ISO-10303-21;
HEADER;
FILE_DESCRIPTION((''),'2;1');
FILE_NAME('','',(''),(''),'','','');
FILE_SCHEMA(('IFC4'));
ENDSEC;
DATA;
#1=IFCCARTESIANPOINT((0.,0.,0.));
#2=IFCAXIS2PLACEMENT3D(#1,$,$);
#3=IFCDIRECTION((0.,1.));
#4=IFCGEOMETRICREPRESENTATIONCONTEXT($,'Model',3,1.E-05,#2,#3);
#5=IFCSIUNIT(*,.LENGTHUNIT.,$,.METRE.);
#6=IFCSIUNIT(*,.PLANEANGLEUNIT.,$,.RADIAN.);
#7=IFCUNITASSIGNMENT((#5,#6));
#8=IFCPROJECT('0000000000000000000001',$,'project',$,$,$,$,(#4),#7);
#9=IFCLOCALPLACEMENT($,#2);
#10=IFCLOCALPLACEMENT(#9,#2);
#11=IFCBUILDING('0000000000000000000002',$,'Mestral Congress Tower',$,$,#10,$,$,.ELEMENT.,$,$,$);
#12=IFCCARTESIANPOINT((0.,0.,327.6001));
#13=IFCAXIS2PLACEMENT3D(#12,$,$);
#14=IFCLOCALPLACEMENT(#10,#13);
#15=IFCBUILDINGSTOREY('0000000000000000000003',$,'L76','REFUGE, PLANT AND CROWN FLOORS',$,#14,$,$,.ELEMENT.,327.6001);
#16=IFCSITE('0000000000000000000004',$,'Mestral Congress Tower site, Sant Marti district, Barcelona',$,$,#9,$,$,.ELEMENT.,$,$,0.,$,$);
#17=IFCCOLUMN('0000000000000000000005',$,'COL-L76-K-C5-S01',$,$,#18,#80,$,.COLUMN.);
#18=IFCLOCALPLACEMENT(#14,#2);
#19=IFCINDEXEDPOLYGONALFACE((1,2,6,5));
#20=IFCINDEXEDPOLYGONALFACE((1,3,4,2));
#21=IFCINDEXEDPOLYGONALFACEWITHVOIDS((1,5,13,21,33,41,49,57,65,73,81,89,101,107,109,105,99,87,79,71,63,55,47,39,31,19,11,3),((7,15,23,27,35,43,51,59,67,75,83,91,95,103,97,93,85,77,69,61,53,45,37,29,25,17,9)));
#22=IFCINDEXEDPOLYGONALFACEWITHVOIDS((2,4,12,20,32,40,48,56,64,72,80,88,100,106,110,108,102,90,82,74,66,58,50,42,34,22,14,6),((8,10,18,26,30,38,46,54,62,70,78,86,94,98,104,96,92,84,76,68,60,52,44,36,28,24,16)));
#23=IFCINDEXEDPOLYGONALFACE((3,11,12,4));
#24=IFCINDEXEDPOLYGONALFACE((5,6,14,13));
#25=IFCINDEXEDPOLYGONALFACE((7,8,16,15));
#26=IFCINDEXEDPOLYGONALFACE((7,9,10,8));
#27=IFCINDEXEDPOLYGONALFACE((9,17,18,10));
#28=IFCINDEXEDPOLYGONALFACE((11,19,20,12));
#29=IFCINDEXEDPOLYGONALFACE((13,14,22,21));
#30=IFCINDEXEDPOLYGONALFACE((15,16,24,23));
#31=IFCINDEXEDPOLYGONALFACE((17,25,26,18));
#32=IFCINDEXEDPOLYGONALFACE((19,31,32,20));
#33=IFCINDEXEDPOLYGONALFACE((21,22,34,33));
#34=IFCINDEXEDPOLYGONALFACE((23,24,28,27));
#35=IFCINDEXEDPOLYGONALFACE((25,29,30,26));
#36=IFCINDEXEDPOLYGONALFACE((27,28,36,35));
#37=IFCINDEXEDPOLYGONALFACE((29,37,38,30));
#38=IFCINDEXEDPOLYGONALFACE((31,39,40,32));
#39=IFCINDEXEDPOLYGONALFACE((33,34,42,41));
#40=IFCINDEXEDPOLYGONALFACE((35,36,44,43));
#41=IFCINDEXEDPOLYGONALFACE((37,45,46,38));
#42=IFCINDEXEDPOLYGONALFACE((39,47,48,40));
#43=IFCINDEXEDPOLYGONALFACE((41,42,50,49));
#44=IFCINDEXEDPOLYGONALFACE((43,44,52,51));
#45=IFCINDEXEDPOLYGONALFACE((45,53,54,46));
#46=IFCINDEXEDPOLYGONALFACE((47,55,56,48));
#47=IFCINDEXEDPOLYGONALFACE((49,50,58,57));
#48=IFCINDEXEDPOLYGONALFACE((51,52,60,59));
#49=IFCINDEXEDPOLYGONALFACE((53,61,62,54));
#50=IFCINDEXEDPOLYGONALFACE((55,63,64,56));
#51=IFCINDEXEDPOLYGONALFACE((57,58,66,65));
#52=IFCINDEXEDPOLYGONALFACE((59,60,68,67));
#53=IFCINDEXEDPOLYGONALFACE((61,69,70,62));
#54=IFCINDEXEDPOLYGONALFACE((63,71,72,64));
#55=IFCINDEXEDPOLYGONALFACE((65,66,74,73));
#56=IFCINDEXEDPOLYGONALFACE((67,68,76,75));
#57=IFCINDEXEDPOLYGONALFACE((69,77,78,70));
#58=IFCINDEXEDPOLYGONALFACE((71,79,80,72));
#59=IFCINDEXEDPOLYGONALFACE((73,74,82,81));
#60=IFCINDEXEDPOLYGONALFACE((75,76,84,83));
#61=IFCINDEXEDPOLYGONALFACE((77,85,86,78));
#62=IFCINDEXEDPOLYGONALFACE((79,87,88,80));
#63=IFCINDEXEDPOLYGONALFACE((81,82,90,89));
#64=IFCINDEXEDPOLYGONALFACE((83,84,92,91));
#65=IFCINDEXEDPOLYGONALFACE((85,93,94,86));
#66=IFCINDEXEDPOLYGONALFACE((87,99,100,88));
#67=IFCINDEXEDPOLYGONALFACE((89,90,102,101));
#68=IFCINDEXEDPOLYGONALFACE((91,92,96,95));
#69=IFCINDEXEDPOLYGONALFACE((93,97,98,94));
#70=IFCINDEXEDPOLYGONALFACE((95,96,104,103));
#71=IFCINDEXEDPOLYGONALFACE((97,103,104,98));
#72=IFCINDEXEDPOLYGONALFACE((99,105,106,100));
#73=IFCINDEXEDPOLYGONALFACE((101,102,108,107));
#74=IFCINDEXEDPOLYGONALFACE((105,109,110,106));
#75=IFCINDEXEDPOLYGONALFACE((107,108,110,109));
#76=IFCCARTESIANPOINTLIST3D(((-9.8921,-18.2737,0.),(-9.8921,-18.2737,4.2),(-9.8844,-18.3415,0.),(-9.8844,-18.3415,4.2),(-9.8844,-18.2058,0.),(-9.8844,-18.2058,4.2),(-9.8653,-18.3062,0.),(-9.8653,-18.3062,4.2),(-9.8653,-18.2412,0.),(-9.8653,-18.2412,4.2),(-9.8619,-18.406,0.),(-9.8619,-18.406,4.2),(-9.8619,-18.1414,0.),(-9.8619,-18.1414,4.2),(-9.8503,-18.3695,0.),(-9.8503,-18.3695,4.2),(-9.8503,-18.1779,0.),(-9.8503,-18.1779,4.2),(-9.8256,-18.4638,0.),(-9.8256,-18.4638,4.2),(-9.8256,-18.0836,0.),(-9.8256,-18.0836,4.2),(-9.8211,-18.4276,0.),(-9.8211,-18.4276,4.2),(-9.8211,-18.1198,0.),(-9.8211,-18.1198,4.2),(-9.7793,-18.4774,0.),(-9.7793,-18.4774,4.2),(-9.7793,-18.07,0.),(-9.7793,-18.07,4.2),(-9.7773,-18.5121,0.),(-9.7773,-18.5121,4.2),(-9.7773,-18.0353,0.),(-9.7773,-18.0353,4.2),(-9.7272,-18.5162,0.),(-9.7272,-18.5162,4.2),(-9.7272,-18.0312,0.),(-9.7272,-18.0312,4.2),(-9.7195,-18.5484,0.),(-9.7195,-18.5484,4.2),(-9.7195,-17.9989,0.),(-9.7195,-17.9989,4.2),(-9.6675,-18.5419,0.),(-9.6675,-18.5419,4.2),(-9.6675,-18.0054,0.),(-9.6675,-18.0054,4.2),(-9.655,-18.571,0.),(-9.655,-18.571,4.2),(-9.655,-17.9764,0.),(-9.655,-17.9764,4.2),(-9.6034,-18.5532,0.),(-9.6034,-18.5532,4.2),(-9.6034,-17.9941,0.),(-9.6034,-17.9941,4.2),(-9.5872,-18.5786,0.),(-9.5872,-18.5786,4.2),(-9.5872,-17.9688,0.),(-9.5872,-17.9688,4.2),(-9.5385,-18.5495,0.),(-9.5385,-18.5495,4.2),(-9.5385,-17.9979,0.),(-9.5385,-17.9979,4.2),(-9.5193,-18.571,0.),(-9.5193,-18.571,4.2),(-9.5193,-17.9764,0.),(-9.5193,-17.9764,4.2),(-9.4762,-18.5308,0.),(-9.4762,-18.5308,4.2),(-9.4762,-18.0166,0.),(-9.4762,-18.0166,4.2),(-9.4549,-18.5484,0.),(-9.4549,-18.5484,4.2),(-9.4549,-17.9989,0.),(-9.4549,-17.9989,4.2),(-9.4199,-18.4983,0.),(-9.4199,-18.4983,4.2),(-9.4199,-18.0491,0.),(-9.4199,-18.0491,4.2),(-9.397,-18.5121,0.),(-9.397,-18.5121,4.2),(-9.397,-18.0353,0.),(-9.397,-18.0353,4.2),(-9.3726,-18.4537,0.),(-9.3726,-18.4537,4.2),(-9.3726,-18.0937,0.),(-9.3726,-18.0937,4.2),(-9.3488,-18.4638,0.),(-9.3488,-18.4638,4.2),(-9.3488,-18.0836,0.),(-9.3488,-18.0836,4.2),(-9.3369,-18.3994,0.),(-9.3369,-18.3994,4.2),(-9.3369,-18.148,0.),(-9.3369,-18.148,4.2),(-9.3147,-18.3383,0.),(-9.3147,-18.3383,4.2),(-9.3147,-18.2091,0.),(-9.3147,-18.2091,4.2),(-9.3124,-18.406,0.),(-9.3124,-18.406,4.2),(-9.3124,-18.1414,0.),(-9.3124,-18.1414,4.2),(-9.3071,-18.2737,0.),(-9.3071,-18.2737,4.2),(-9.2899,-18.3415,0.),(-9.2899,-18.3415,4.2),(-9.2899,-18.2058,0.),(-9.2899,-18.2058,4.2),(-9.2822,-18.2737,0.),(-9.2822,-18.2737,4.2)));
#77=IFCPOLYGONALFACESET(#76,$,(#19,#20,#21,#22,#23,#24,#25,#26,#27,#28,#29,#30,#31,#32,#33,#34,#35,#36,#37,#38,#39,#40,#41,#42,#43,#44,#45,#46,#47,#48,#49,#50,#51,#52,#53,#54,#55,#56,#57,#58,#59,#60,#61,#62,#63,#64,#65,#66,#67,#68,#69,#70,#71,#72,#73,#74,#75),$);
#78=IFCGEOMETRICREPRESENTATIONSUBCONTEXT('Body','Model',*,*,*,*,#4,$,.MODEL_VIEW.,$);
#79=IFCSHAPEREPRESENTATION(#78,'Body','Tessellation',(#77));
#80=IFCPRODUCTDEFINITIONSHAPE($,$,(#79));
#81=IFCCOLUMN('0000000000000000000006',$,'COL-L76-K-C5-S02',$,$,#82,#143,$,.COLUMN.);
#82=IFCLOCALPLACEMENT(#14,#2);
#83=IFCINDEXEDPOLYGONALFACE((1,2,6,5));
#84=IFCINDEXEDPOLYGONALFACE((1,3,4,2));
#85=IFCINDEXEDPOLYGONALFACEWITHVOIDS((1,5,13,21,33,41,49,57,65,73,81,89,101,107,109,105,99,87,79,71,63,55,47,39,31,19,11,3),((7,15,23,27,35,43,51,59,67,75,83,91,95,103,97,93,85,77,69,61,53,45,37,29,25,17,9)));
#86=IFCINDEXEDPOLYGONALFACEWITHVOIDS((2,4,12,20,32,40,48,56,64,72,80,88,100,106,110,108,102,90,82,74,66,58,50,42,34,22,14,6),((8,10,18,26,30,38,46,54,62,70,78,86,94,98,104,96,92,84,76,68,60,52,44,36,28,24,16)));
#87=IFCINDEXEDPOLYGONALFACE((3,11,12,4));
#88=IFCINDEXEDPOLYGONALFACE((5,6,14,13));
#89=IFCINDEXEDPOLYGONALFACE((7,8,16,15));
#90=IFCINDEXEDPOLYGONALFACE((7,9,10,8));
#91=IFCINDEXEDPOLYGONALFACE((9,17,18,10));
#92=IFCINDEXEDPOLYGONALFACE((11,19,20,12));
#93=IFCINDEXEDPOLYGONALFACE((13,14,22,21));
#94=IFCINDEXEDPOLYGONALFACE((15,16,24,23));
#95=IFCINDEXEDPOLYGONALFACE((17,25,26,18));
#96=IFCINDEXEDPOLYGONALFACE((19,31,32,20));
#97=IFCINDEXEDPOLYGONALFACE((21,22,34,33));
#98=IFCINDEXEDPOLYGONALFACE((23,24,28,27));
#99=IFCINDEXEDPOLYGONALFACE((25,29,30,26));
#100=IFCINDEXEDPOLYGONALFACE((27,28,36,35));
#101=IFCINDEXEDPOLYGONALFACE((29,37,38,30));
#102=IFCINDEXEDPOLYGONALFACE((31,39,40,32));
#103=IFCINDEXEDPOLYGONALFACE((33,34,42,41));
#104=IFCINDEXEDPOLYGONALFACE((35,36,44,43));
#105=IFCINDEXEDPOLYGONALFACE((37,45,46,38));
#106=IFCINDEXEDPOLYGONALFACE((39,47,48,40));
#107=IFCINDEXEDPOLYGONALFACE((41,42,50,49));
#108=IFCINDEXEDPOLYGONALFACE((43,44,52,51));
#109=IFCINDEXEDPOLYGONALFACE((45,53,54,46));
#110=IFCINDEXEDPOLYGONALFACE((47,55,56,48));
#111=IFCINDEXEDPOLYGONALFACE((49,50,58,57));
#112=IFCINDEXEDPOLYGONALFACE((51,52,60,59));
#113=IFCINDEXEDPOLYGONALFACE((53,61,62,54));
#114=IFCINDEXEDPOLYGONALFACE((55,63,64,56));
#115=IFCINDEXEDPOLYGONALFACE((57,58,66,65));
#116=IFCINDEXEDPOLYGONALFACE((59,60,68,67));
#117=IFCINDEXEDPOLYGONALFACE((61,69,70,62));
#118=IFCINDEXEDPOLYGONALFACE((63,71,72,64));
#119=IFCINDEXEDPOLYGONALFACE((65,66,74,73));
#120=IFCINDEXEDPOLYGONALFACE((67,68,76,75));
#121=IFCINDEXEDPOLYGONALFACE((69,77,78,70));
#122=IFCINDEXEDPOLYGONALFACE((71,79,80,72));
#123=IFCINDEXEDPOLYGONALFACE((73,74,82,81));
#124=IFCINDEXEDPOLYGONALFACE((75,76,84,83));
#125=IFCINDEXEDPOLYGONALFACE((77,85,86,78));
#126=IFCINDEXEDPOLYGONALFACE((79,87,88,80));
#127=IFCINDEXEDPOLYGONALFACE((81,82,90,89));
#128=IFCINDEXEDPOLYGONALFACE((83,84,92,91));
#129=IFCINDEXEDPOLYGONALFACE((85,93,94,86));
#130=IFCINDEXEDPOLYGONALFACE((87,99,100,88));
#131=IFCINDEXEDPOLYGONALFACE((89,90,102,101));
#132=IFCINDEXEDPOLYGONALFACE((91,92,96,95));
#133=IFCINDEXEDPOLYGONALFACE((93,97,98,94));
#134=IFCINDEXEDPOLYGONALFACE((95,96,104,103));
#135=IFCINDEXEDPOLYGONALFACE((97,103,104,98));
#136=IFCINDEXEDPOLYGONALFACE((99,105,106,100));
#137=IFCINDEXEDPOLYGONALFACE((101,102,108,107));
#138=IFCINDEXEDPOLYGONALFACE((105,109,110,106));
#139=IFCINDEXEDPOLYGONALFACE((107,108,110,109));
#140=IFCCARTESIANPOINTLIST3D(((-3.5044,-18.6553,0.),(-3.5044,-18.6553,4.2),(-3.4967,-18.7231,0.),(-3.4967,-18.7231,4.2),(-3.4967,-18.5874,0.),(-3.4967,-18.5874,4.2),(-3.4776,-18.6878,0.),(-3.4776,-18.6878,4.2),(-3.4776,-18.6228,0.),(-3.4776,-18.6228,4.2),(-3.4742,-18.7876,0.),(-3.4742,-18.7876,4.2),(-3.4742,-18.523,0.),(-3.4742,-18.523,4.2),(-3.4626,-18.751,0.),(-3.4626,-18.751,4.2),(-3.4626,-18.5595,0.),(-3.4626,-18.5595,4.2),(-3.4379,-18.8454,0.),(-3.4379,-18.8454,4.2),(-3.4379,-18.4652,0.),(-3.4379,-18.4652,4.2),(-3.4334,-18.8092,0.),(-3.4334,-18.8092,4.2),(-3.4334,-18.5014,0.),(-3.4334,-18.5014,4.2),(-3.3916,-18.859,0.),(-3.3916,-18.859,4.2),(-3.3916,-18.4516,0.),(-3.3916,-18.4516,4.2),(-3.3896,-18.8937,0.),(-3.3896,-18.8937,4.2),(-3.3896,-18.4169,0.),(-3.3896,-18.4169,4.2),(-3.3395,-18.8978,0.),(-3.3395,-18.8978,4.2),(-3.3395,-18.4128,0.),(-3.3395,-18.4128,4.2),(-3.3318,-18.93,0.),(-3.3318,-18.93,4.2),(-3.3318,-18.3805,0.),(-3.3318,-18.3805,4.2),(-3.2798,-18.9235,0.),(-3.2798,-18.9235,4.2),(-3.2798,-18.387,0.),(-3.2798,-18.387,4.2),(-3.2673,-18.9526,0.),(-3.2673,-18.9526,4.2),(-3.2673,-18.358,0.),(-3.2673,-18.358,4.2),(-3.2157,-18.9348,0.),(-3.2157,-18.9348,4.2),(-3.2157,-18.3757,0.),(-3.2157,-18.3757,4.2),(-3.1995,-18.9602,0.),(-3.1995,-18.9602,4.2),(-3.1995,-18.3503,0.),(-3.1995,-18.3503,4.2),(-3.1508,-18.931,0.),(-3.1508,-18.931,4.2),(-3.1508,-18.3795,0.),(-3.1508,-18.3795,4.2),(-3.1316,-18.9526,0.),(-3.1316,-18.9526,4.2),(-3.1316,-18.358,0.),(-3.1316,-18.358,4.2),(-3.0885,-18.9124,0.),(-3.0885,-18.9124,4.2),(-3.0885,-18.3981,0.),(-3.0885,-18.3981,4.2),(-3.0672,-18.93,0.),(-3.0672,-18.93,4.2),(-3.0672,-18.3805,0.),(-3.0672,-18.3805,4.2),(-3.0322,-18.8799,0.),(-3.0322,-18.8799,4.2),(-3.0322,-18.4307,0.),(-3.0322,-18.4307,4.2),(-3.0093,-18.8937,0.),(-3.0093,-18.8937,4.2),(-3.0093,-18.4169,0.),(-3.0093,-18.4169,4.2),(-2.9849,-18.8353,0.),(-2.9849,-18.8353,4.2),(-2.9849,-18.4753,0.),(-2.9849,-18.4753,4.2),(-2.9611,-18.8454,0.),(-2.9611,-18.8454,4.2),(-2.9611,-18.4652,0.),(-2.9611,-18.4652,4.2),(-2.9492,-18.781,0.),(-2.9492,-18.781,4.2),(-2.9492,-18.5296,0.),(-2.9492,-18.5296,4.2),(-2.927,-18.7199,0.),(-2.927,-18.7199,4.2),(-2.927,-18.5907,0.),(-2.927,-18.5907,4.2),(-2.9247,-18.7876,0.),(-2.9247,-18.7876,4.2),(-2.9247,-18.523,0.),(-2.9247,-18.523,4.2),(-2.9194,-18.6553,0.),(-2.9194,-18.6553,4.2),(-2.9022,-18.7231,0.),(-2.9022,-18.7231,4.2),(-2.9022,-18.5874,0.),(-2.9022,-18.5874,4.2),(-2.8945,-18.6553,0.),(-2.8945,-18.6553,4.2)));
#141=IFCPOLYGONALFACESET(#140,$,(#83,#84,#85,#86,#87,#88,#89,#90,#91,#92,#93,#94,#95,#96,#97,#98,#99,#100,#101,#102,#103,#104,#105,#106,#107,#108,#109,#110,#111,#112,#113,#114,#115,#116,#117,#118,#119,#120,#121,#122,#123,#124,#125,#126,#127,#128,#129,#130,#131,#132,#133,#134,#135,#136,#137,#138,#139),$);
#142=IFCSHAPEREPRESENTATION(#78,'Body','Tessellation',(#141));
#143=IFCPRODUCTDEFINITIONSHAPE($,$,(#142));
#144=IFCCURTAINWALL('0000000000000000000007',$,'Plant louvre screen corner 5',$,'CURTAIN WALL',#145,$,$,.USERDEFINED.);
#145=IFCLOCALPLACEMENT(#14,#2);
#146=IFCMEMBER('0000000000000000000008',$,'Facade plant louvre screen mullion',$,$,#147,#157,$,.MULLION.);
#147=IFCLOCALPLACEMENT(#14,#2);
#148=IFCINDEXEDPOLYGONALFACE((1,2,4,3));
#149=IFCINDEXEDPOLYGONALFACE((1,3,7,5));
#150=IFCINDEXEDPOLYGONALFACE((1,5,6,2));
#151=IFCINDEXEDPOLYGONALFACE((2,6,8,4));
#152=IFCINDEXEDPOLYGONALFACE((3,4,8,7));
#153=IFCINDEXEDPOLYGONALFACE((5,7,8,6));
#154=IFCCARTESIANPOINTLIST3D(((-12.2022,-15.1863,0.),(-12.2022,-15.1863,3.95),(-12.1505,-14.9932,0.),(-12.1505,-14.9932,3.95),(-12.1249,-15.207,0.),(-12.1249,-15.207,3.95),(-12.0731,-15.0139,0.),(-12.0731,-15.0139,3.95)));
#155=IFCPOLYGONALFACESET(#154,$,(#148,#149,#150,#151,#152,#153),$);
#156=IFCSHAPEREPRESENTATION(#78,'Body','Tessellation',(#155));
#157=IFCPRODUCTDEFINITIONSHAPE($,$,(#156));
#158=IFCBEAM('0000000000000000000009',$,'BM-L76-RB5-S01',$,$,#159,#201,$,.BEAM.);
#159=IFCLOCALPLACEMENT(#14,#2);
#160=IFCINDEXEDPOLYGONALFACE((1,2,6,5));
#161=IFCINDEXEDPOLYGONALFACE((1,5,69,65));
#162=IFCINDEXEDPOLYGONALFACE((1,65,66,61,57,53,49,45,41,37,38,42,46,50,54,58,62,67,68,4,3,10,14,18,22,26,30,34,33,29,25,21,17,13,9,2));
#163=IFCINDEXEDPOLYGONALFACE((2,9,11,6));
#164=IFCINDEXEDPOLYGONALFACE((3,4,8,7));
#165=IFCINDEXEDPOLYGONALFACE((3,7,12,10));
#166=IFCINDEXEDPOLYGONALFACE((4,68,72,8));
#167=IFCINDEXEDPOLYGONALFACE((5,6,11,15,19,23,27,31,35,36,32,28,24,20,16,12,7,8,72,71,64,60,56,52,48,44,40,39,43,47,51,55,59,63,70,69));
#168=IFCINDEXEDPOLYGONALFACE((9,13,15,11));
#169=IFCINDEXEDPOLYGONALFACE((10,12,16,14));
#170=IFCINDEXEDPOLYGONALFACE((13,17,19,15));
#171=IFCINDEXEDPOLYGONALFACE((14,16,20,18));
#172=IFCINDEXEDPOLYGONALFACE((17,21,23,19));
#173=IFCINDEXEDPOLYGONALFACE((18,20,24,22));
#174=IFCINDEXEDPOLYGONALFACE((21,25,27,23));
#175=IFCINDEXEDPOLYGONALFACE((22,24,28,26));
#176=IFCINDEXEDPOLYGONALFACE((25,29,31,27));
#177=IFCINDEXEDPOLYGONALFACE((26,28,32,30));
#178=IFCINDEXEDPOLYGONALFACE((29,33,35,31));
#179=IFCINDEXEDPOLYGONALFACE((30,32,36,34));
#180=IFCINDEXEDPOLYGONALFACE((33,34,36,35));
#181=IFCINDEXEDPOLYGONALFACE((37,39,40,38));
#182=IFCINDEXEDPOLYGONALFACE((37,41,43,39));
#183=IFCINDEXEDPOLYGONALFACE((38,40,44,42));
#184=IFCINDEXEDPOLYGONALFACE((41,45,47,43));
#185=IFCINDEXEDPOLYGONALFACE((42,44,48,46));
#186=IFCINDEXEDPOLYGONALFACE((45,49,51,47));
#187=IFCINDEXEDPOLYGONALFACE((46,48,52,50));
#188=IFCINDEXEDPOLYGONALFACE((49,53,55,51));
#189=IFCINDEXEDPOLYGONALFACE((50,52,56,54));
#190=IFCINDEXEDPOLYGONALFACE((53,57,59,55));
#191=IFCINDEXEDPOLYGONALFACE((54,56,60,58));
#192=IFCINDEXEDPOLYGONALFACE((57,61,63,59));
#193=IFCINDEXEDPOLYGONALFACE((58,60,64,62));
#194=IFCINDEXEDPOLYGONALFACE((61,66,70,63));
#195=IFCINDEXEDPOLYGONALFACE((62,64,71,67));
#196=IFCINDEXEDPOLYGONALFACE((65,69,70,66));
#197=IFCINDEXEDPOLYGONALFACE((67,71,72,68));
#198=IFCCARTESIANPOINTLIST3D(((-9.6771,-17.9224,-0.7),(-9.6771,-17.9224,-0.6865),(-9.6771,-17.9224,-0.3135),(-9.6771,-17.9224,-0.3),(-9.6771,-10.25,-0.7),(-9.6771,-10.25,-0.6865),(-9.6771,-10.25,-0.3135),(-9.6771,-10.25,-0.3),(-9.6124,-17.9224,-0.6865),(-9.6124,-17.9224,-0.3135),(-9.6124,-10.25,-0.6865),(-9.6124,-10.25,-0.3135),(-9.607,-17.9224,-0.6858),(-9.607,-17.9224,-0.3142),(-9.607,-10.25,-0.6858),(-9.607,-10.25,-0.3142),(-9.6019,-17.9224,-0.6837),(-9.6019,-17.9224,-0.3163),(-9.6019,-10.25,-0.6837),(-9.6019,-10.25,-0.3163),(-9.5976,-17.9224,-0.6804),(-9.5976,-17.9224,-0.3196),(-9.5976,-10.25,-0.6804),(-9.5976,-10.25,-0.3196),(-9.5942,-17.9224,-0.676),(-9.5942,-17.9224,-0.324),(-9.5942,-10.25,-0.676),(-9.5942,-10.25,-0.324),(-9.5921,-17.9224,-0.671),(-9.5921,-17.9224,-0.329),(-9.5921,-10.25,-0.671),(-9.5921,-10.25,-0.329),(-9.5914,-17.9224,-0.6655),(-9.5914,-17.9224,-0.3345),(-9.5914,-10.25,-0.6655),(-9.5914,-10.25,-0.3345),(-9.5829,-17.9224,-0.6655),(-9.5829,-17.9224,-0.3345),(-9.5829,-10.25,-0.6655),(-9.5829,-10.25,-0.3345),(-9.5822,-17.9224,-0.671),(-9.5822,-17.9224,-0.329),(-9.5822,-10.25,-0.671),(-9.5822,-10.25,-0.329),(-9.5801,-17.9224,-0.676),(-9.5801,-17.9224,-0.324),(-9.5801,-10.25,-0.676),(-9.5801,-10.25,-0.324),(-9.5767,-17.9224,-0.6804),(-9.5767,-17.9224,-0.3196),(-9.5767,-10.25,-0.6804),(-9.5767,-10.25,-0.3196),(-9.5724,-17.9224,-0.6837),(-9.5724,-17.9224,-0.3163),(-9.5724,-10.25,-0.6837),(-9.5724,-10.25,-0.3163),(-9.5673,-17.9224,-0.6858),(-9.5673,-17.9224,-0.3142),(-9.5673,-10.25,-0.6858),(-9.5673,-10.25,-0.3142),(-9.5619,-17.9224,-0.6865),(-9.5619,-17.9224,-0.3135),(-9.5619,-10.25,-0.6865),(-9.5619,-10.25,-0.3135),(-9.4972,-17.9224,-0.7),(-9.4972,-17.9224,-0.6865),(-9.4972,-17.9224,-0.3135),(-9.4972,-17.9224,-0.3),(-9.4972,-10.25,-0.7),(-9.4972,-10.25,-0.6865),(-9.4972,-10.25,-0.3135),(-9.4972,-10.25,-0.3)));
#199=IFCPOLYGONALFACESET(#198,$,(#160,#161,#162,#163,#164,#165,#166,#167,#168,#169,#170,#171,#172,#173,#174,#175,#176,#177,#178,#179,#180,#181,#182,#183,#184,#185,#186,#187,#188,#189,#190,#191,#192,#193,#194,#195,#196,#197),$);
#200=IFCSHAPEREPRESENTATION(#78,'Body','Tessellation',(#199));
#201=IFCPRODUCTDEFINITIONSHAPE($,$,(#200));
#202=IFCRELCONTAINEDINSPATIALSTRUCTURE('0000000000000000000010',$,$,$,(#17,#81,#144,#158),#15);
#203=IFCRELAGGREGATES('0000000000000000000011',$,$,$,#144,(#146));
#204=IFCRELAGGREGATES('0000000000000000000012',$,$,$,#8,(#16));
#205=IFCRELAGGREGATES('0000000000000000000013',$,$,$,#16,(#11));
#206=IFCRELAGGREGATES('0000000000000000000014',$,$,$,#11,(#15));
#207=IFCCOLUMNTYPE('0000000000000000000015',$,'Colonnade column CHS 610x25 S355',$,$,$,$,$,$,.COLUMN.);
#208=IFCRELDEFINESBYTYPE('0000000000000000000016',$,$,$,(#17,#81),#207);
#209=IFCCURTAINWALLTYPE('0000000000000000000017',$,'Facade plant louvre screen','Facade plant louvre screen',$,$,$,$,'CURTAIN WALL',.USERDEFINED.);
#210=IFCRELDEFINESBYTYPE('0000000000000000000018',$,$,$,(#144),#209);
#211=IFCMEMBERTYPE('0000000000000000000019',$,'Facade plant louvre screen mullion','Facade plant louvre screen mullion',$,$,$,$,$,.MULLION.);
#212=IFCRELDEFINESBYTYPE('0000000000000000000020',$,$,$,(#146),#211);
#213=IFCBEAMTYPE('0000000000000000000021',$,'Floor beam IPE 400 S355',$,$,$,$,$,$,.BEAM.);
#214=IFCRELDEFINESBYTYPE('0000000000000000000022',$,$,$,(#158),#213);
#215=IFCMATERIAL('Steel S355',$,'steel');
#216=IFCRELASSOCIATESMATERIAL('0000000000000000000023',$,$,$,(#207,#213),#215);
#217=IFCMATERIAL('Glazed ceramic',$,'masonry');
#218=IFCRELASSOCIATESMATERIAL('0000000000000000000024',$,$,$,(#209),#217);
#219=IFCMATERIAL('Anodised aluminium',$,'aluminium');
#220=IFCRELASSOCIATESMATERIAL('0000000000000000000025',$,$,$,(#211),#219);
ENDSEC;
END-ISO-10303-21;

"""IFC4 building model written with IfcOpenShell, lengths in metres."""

from ifc_helpers import new_model, si_unit, direction, frame, origin, origin_2d, place, context, subcontext, project, spatial, rectangle, hollow_circle, i_section, extrude, material, material_profile, profile_set, type_object, element, aggregate, save


model = new_model("IFC4")

# Units and contexts
model_context = context("Model", 3, precision=1e-05, world=origin(), true_north=direction((0.0, 1.0)))
body_context = subcontext(model_context, "Body", "Model", "MODEL_VIEW")
ifc_project = project(units=[si_unit("LENGTHUNIT", "METRE"), si_unit("PLANEANGLEUNIT", "RADIAN")], contexts=[model_context])

# Site, building, storey
site_placement = place(None, origin())
site = spatial("IfcSite", under=ifc_project, at=site_placement, Name="Mestral Congress Tower site, Sant Marti district, Barcelona", CompositionType="ELEMENT", RefElevation=0.0)
building_placement = place(site_placement, origin())
building = spatial("IfcBuilding", under=site, at=building_placement, Name="Mestral Congress Tower", CompositionType="ELEMENT")
storey_placement = place(building_placement, frame((0.0, 0.0, 327.6001)))
storey = spatial("IfcBuildingStorey", under=building, at=storey_placement, Name="L76", Description="REFUGE, PLANT AND CROWN FLOORS", CompositionType="ELEMENT", Elevation=327.6001)

# Columns
ifc_material_1 = material(Name="Steel S355", Category="steel")
ifc_material_profile_1 = material_profile(ifc_material_1, hollow_circle(Radius=0.3049, WallThickness=0.0249, at=origin_2d()), Name="CHS 610x25")
ifc_profile_set_1 = profile_set([ifc_material_profile_1], Name="Steel S355")
column_type = type_object("IfcColumnType", Name="Colonnade column CHS 610x25 S355", PredefinedType="COLUMN", material=ifc_profile_set_1)
for number, where, z_axis, x_axis, name in (
    (1, (-9.5872, -18.2737, 0.0), (0.0, 0.0, 1.0), (1.0, 0.0, 0.0), "COL-L76-K-C5-S01"),
    (2, (-3.1995, -18.6553, 0.0), (0.0, 0.0, 1.0), (1.0, 0.0, 0.0), "COL-L76-K-C5-S02"),
):
    element("IfcColumn", number, at=place(storey_placement, frame(where, z_axis=z_axis, x_axis=x_axis)), inside=storey, type_object=column_type, Name=name, PredefinedType="COLUMN", context=body_context, shape_type="SweptSolid", body=[
        extrude(hollow_circle(Radius=0.3049, WallThickness=0.0249, at=origin_2d()), origin(), (0.0, 0.0, 1.0), 4.2),
    ])

# Curtain wall, member
ifc_material_2 = material(Name="Glazed ceramic", Category="masonry")
curtain_wall_type = type_object("IfcCurtainWallType", Name="Facade plant louvre screen", Description="Facade plant louvre screen", ElementType="CURTAIN WALL", PredefinedType="USERDEFINED", material=ifc_material_2)
placement = place(storey_placement, origin())
curtain_wall = element("IfcCurtainWall", 3, at=placement, inside=storey, type_object=curtain_wall_type, Name="Plant louvre screen corner 5", ObjectType="CURTAIN WALL", PredefinedType="USERDEFINED")
ifc_material_3 = material(Name="Anodised aluminium", Category="aluminium")
ifc_material_profile_2 = material_profile(ifc_material_3, rectangle(XDim=0.2, YDim=0.0801, at=origin_2d()), Name="CW6 mullion 200 x 80")
ifc_profile_set_2 = profile_set([ifc_material_profile_2], Name="Anodised aluminium")
member_type = type_object("IfcMemberType", Name="Facade plant louvre screen mullion", Description="Facade plant louvre screen mullion", PredefinedType="MULLION", material=ifc_profile_set_2)
member_placement = place(storey_placement, frame((-12.1377, -15.1001, 0.0), z_axis=(0.0, 0.0, 1.0), x_axis=(-0.258819, -0.965926, 0.0)))
member = element("IfcMember", 4, at=member_placement, type_object=member_type, Name="Facade plant louvre screen mullion", PredefinedType="MULLION", context=body_context, shape_type="SweptSolid", body=[
    extrude(rectangle(XDim=0.2, YDim=0.0801, at=origin_2d()), origin(), (0.0, 0.0, 1.0), 3.95),
])

# Beam
ifc_material_profile_3 = material_profile(ifc_material_1, i_section(OverallWidth=0.1799, OverallDepth=0.3999, WebThickness=0.0085, FlangeThickness=0.0134, FilletRadius=0.021, at=origin_2d()), Name="IPE 400")
ifc_profile_set_3 = profile_set([ifc_material_profile_3], Name="Steel S355")
beam_type_1 = type_object("IfcBeamType", Name="Floor beam IPE 400 S355", PredefinedType="BEAM", material=ifc_profile_set_3)
beam_1_placement = place(storey_placement, frame((-9.5872, -17.9224, -0.5), z_axis=(0.0, 1.0, 0.0), x_axis=(-1.0, 0.0, 0.0)))
element("IfcBeam", 5, at=beam_1_placement, inside=storey, type_object=beam_type_1, Name="BM-L76-RB5-S01", PredefinedType="BEAM", context=body_context, shape_type="SweptSolid", body=[
    extrude(i_section(OverallWidth=0.1799, OverallDepth=0.3999, WebThickness=0.0085, FlangeThickness=0.0134, FilletRadius=0.021, at=origin_2d()), origin(), (0.0, 0.0, 1.0), 7.6724),
])

aggregate(curtain_wall, [member])

save(model, "model.ifc")
